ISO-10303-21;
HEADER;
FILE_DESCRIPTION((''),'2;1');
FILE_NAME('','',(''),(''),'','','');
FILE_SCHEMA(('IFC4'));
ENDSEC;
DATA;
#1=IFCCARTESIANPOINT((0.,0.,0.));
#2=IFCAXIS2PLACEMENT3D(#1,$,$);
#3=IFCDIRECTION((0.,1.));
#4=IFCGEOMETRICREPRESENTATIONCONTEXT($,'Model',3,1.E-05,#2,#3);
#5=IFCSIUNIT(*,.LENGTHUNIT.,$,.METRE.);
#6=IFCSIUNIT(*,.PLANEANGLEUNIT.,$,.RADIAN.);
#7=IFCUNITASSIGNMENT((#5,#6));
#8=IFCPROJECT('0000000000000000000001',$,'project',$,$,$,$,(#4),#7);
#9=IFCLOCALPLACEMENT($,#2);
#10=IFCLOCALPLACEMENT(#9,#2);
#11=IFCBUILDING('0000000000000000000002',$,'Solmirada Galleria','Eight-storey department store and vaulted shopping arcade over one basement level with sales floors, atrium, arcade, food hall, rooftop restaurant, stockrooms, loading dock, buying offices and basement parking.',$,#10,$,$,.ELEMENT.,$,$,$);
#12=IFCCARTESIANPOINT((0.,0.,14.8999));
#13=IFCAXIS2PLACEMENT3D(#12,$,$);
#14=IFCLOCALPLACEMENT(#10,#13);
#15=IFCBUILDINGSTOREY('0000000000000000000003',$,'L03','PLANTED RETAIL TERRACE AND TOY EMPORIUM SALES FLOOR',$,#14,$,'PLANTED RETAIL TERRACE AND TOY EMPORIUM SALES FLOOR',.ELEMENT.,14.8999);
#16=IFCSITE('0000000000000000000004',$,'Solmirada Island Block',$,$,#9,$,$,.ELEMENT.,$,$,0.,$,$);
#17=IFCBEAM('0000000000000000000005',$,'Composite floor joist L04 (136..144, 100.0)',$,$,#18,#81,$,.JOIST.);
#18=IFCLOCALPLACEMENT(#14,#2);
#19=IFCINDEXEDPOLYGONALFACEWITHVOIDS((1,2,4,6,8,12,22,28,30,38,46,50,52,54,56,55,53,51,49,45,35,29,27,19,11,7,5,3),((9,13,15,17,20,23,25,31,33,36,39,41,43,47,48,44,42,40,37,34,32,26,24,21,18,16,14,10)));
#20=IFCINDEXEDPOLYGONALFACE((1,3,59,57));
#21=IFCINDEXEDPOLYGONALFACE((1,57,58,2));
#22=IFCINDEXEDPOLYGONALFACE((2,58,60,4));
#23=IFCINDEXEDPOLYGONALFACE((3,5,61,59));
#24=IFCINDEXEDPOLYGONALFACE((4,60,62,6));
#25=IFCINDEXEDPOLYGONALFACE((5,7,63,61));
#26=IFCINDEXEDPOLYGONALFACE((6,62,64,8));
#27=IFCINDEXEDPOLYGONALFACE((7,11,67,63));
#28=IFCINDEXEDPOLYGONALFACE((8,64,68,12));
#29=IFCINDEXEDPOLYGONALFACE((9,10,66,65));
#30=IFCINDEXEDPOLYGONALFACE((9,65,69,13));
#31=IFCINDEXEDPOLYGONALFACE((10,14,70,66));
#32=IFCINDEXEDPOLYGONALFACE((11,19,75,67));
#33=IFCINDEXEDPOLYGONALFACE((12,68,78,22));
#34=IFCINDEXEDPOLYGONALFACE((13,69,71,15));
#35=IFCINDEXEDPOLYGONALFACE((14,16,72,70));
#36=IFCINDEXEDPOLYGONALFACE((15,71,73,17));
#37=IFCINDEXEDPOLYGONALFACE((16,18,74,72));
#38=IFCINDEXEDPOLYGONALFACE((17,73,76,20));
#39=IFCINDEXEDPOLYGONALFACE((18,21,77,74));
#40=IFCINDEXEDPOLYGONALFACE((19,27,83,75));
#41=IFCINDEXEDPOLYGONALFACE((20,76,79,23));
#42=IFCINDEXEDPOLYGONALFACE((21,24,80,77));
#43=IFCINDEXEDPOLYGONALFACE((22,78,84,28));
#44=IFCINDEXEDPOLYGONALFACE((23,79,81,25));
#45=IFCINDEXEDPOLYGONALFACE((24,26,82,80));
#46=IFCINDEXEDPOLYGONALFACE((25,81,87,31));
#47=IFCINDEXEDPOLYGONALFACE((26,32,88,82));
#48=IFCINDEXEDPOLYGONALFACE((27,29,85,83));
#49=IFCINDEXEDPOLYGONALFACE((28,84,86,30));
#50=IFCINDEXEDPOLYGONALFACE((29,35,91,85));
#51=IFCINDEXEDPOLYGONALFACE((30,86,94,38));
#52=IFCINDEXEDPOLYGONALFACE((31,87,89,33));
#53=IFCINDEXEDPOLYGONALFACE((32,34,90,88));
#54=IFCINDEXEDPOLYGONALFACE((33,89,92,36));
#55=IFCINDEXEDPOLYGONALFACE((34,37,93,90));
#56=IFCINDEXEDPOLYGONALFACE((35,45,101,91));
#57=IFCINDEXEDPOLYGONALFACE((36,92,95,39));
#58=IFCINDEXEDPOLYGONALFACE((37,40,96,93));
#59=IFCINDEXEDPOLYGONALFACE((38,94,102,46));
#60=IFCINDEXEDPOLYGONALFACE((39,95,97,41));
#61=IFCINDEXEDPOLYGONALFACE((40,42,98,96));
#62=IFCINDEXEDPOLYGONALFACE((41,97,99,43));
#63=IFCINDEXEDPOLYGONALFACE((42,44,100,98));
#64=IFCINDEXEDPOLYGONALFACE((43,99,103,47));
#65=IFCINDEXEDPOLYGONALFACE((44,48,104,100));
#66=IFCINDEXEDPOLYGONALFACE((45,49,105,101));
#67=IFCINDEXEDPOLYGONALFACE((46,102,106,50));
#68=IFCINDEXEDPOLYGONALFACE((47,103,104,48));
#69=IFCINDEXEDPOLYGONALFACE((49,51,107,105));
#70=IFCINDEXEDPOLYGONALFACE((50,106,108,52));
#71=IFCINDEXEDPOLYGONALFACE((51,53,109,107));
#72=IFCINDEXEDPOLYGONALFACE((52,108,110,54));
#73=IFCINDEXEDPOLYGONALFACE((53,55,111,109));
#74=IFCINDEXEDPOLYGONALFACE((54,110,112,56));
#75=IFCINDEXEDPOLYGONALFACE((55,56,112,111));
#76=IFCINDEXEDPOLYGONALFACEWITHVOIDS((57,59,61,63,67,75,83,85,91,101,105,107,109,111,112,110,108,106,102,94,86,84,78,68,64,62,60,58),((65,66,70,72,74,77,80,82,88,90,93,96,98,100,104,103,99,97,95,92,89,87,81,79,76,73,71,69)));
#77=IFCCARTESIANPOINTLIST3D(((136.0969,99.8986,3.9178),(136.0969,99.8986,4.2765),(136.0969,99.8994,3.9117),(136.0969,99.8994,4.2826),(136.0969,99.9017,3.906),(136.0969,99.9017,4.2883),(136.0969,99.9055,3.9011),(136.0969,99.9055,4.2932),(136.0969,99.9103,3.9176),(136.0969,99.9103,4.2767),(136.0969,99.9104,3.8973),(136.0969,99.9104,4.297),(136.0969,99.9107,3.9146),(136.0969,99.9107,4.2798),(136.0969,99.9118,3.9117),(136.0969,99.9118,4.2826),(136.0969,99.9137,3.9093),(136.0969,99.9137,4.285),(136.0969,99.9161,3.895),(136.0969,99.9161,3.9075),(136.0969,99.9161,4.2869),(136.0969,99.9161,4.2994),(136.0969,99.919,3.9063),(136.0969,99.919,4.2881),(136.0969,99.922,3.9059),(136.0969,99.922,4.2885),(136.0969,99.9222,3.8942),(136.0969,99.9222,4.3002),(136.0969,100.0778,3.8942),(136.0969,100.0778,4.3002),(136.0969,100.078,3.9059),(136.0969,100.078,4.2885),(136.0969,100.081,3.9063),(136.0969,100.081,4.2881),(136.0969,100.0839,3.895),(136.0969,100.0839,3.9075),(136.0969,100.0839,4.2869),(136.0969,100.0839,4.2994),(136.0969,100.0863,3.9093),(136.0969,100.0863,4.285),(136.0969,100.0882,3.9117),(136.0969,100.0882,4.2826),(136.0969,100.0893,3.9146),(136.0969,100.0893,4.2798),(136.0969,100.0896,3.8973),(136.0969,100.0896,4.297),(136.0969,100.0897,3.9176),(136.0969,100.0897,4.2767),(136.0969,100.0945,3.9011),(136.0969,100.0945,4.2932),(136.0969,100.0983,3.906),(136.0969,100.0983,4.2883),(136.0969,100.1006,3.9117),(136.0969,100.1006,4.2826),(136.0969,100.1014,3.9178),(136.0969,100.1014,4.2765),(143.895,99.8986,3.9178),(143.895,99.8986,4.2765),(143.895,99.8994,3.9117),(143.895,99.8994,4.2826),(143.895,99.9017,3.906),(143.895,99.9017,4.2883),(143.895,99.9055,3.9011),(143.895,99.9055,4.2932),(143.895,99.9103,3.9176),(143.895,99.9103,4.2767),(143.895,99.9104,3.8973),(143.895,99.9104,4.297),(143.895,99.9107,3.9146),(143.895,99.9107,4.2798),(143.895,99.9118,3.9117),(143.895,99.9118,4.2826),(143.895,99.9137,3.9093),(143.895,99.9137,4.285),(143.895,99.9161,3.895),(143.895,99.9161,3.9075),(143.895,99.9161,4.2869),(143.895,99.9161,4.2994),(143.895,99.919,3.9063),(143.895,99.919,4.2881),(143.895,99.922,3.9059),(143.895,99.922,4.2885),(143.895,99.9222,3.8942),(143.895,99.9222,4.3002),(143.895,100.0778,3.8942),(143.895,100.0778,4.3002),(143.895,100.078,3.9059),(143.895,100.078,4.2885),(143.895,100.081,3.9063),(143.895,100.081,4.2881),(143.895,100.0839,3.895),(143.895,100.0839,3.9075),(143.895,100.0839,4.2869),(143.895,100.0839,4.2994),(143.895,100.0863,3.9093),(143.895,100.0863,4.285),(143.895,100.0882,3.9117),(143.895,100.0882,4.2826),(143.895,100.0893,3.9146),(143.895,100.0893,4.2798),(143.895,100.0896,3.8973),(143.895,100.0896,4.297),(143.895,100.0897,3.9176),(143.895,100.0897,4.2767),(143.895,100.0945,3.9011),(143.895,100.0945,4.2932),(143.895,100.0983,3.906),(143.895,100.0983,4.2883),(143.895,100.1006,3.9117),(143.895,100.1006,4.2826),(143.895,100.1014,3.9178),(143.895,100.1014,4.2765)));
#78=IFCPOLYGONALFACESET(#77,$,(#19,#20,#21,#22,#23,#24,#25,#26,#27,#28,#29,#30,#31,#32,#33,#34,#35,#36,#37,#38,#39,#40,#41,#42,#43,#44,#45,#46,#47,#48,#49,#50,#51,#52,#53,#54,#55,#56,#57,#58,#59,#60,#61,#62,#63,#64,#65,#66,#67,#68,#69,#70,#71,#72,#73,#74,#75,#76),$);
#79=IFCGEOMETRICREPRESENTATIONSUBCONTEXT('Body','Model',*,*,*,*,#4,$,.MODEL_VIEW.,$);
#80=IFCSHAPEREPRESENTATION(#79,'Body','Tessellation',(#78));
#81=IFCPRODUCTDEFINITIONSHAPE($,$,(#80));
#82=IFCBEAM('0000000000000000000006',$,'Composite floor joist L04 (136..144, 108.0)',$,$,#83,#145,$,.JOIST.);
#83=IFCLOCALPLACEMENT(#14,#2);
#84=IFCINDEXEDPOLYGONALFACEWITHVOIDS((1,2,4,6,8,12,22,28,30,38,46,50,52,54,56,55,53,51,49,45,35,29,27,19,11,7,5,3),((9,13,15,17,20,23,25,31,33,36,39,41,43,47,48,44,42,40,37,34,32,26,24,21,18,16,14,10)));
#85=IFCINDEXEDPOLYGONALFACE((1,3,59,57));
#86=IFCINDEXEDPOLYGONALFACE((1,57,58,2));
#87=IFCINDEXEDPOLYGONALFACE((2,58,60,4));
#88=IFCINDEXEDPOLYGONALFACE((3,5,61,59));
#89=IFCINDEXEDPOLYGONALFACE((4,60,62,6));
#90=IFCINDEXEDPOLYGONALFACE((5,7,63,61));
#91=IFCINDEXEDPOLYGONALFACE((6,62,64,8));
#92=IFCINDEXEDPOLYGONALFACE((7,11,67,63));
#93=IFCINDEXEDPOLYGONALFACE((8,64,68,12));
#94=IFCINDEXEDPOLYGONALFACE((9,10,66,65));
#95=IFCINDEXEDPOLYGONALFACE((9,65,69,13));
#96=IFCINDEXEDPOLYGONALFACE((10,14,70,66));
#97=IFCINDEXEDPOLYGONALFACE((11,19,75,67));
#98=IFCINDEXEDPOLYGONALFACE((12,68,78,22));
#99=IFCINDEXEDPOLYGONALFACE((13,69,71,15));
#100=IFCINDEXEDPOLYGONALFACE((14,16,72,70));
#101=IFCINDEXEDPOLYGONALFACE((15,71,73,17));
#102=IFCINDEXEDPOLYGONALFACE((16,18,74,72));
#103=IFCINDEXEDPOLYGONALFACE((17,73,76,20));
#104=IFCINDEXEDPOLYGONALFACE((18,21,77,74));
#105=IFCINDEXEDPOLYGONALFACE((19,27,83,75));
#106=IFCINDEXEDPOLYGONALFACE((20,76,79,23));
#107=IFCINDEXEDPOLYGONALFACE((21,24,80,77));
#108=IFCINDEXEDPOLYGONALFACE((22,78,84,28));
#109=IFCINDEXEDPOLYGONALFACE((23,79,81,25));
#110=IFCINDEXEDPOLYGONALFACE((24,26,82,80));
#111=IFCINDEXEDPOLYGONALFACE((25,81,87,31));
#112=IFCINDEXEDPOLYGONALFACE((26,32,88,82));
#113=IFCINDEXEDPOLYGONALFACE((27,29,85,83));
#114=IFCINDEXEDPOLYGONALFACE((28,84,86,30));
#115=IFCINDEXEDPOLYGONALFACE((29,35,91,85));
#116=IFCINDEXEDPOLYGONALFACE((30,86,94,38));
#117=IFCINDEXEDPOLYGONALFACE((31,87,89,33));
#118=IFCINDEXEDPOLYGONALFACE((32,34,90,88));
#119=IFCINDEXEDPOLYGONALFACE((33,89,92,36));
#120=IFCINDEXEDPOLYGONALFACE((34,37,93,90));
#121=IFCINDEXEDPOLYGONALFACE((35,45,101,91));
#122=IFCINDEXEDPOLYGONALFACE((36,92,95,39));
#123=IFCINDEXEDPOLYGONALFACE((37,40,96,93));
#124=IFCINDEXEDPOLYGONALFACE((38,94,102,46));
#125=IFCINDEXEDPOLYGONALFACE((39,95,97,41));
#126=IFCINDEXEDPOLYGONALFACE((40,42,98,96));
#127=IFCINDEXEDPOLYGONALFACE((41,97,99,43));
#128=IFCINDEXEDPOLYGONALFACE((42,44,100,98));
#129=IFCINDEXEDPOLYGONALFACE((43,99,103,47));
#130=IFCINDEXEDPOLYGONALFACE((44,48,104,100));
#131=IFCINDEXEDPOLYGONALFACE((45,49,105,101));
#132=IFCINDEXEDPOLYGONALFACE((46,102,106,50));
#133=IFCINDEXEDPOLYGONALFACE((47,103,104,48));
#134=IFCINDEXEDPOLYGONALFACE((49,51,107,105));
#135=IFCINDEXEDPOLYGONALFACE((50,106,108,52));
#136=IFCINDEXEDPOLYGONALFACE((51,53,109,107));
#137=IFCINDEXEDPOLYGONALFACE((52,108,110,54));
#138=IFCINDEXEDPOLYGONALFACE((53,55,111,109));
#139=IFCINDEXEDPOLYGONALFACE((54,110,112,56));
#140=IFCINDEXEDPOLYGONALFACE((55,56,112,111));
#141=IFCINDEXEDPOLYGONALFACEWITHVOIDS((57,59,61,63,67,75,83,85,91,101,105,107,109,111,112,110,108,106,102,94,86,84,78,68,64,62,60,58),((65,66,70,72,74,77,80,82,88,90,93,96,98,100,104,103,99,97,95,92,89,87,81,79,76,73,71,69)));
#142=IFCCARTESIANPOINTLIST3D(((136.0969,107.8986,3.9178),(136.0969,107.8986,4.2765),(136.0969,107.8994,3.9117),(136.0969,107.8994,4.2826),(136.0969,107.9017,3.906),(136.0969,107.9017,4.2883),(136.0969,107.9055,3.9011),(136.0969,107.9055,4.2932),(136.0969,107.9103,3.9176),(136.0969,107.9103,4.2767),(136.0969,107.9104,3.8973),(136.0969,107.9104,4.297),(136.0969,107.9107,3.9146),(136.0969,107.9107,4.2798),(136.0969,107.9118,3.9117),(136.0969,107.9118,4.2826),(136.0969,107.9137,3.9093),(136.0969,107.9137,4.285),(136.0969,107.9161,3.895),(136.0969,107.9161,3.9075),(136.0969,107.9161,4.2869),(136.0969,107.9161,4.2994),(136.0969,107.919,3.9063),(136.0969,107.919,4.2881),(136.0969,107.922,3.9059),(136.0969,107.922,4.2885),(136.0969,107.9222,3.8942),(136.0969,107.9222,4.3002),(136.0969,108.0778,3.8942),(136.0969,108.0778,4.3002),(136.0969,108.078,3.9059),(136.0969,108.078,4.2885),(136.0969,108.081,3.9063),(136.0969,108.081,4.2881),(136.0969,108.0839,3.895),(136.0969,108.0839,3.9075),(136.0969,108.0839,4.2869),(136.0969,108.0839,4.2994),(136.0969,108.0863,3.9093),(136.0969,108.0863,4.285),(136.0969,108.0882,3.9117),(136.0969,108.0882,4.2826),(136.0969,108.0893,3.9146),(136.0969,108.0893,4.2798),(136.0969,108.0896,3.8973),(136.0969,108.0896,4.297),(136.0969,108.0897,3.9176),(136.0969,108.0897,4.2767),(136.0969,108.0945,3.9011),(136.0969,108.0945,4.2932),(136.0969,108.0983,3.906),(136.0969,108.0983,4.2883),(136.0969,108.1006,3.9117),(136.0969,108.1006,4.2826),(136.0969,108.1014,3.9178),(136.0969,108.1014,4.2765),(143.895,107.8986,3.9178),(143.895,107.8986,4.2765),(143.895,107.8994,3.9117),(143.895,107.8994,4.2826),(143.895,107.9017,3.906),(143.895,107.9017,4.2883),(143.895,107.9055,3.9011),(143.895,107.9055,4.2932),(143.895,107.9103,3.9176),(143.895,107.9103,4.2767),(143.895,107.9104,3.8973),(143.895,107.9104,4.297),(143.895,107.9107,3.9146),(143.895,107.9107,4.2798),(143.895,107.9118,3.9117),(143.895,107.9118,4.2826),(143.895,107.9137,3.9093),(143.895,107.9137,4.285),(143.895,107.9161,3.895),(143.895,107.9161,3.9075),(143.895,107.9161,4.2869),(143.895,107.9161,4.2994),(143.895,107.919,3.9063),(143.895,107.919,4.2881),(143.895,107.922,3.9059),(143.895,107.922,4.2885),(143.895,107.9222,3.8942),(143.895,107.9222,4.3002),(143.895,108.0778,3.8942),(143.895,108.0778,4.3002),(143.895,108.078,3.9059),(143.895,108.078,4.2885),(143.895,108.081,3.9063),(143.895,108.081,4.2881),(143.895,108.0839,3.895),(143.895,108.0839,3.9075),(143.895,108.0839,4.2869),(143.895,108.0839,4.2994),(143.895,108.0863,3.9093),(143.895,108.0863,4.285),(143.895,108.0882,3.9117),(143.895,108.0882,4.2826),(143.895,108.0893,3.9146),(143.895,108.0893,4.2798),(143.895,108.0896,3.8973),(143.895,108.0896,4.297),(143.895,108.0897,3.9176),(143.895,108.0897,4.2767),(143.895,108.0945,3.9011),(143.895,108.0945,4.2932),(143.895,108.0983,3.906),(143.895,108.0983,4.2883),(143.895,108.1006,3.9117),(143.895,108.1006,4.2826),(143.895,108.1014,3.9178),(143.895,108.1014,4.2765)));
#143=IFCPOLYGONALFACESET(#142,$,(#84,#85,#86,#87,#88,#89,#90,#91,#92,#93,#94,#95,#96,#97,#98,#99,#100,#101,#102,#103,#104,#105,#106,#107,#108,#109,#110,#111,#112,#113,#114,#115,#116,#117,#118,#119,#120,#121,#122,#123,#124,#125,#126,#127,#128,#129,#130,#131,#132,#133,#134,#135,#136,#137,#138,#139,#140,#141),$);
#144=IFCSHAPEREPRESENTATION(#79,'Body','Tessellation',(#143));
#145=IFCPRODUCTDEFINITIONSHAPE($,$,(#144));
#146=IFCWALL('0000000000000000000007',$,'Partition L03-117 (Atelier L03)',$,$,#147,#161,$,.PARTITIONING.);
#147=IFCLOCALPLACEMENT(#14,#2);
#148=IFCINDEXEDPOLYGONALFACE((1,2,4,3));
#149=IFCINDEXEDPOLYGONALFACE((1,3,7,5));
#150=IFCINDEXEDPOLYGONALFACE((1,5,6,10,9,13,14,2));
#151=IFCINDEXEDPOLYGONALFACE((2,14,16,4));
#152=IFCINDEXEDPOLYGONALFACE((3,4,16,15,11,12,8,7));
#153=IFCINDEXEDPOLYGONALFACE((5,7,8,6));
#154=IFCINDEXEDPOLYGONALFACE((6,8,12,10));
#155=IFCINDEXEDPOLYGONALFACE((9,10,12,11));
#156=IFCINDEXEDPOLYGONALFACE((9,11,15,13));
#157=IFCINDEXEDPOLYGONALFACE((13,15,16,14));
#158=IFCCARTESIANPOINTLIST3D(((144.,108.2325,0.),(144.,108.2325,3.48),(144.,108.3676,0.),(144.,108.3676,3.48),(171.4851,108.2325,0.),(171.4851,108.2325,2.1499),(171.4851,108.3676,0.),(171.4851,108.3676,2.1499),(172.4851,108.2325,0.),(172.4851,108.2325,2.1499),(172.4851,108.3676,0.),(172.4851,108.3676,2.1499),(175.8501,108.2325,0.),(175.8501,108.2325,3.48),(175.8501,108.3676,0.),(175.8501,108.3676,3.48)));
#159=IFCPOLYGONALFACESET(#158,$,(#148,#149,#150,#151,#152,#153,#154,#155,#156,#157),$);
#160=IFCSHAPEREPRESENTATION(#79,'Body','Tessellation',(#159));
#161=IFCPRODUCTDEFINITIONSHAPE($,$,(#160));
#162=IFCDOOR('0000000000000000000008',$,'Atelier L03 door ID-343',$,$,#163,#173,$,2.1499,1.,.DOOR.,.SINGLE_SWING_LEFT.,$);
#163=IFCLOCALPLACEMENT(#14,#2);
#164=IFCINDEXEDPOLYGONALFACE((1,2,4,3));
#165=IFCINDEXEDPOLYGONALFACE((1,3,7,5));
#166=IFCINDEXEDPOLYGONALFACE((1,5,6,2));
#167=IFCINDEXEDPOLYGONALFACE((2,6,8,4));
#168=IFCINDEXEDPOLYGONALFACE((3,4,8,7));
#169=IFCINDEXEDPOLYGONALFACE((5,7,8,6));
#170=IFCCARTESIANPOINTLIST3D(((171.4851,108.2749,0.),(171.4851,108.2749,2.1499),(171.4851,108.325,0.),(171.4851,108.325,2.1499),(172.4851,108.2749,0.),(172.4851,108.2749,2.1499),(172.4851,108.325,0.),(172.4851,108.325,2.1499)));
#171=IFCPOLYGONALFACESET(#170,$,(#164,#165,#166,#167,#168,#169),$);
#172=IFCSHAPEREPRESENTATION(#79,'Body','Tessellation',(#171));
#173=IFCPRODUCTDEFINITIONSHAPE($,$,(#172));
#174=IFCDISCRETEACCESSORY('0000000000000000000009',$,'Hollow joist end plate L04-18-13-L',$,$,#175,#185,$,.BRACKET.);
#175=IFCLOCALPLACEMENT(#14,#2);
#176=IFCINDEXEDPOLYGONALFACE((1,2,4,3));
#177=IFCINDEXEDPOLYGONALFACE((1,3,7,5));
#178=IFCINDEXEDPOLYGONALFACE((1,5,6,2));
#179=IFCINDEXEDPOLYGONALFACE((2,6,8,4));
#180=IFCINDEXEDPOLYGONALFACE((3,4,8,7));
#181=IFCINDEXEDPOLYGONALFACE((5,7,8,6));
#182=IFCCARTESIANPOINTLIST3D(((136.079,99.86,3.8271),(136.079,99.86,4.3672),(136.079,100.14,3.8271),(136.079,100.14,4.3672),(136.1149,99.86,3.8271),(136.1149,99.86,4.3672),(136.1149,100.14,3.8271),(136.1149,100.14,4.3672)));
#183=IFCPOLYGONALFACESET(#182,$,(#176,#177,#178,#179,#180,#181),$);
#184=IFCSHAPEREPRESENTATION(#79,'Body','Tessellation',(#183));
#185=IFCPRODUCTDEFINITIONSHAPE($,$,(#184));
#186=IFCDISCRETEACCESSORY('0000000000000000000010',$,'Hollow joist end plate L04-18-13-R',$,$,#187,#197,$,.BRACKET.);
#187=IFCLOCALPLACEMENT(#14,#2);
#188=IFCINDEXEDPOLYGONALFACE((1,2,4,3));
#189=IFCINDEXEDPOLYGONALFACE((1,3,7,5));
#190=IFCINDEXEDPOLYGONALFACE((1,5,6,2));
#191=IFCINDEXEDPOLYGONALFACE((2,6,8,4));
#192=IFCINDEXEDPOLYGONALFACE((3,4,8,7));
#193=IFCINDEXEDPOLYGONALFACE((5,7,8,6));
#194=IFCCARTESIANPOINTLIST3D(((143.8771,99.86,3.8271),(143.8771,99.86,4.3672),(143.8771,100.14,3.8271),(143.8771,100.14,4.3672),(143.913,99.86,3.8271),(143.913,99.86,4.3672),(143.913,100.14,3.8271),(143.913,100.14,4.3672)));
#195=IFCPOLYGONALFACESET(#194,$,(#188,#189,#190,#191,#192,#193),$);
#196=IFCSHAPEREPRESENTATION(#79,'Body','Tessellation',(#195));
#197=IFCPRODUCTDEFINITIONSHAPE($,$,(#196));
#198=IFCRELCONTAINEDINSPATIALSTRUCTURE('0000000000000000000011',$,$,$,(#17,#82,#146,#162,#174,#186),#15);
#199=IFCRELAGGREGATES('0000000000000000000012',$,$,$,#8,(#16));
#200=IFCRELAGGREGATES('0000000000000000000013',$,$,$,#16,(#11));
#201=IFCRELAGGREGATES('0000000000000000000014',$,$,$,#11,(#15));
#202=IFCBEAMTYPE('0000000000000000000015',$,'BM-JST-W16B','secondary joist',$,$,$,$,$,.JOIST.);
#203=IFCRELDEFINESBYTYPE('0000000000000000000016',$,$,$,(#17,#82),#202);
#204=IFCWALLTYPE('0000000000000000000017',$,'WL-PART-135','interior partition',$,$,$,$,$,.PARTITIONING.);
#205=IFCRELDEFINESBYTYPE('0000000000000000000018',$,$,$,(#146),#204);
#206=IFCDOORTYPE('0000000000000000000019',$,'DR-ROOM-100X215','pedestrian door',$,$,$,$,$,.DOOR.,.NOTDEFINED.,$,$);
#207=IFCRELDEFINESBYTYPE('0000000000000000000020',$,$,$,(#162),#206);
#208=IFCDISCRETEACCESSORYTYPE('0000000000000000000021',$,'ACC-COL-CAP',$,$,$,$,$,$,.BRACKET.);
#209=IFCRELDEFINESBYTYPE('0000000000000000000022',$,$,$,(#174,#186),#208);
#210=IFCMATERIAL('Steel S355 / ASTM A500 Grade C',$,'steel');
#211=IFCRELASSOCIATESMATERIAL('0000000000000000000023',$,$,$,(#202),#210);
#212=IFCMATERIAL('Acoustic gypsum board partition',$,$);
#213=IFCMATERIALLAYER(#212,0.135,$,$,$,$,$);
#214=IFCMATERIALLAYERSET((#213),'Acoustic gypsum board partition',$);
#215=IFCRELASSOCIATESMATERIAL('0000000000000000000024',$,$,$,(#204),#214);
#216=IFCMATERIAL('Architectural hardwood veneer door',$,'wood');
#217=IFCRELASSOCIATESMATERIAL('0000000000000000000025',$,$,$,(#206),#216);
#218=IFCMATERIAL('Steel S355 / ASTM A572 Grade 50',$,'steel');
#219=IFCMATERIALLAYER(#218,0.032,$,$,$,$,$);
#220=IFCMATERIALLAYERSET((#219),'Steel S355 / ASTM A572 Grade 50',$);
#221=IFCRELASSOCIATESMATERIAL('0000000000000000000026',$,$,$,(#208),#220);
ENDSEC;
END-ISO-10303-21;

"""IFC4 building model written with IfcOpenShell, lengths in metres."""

from ifc_helpers import new_model, si_unit, direction, frame, frame_2d, origin, origin_2d, place, context, subcontext, project, spatial, rectangle, hollow_rectangle, extrude, material, layer, layer_set, material_profile, profile_set, type_object, element, fill, save


model = new_model("IFC4")

# Units and contexts
model_context = context("Model", 3, precision=1e-05, world=origin(), true_north=direction((0.0, 1.0)))
body_context = subcontext(model_context, "Body", "Model", "MODEL_VIEW")
ifc_project = project(units=[si_unit("LENGTHUNIT", "METRE"), si_unit("PLANEANGLEUNIT", "RADIAN")], contexts=[model_context])

# Site, building, storey
site_placement = place(None, origin())
site = spatial("IfcSite", under=ifc_project, at=site_placement, Name="Solmirada Island Block", CompositionType="ELEMENT", RefElevation=0.0)
building_placement = place(site_placement, origin())
building = spatial("IfcBuilding", under=site, at=building_placement, Name="Solmirada Galleria", Description="Eight-storey department store and vaulted shopping arcade over one basement level with sales floors, atrium, arcade, food hall, rooftop restaurant, stockrooms, loading dock, buying offices and basement parking.", CompositionType="ELEMENT")
storey_placement = place(building_placement, frame((0.0, 0.0, 14.8999)))
storey = spatial("IfcBuildingStorey", under=building, at=storey_placement, Name="L03", Description="PLANTED RETAIL TERRACE AND TOY EMPORIUM SALES FLOOR", LongName="PLANTED RETAIL TERRACE AND TOY EMPORIUM SALES FLOOR", CompositionType="ELEMENT", Elevation=14.8999)

# Beams
ifc_material_1 = material(Name="Steel S355 / ASTM A500 Grade C", Category="steel")
ifc_material_profile_1 = material_profile(ifc_material_1, hollow_rectangle(XDim=0.2029, YDim=0.406, WallThickness=0.0117, InnerFilletRadius=0.0117, OuterFilletRadius=0.0237, at=origin_2d()), Name="HSS16X8X1/2")
ifc_profile_set_1 = profile_set([ifc_material_profile_1], Name="Steel S355 / ASTM A500 Grade C")
beam_type_1 = type_object("IfcBeamType", Name="BM-JST-W16B", Description="secondary joist", PredefinedType="JOIST", material=ifc_profile_set_1)
for number, where, z_axis, x_axis, name in (
    (1, (136.0969, 100.0, 4.0972), (1.0, 0.0, 0.0), (0.0, 1.0, 0.0), "Composite floor joist L04 (136..144, 100.0)"),
    (2, (136.0969, 108.0, 4.0972), (1.0, 0.0, 0.0), (0.0, 1.0, 0.0), "Composite floor joist L04 (136..144, 108.0)"),
):
    element("IfcBeam", number, at=place(storey_placement, frame(where, z_axis=z_axis, x_axis=x_axis)), inside=storey, type_object=beam_type_1, Name=name, PredefinedType="JOIST", context=body_context, shape_type="SweptSolid", body=[
        extrude(hollow_rectangle(XDim=0.2029, YDim=0.406, WallThickness=0.0117, InnerFilletRadius=0.0117, OuterFilletRadius=0.0237, at=origin_2d()), origin(), (0.0, 0.0, 1.0), 7.7981),
    ])

# Wall, opening, door
ifc_material_2 = material(Name="Acoustic gypsum board partition")
ifc_layer_1 = layer(ifc_material_2, 0.135)
ifc_layer_set_1 = layer_set([ifc_layer_1], Name="Acoustic gypsum board partition")
wall_type_1 = type_object("IfcWallType", Name="WL-PART-135", Description="interior partition", PredefinedType="PARTITIONING", material=ifc_layer_set_1)
wall_1_placement = place(storey_placement, frame((144.0, 108.3, 0.0), z_axis=(0.0, 0.0, 1.0), x_axis=(1.0, 0.0, 0.0)))
wall_1 = element("IfcWall", 3, at=wall_1_placement, inside=storey, type_object=wall_type_1, Name="Partition L03-117 (Atelier L03)", PredefinedType="PARTITIONING", context=body_context, shape_type="SweptSolid", body=[
    extrude(rectangle(XDim=31.8501, YDim=0.135, at=frame_2d((15.925, 0.0))), origin(), (0.0, 0.0, 1.0), 3.48),
])
opening_1_placement = place(wall_1_placement, frame((27.4851, 0.0, 0.0)))
opening_1 = element("IfcOpeningElement", 4, at=opening_1_placement, cuts=wall_1, PredefinedType="OPENING", context=body_context, shape_type="SweptSolid", body=[
    extrude(rectangle(XDim=1.0, YDim=2.1499, at=frame_2d((0.5, 1.075))), frame((0.0, 0.0774, 0.0), z_axis=(0.0, -1.0, 0.0), x_axis=(1.0, 0.0, 0.0)), (0.0, 0.0, 1.0), 0.155),
])
ifc_material_3 = material(Name="Architectural hardwood veneer door", Category="wood")
door_type_1 = type_object("IfcDoorType", Name="DR-ROOM-100X215", Description="pedestrian door", OperationType="NOTDEFINED", PredefinedType="DOOR", material=ifc_material_3)
door_1_placement = place(opening_1_placement, origin())
door_1 = element("IfcDoor", 5, at=door_1_placement, inside=storey, type_object=door_type_1, Name="Atelier L03 door ID-343", OperationType="SINGLE_SWING_LEFT", OverallHeight=2.1499, OverallWidth=1.0, PredefinedType="DOOR", context=body_context, shape_type="SweptSolid", body=[
    extrude(rectangle(XDim=1.0, YDim=2.1499, at=frame_2d((0.5, 1.075))), frame((0.0, 0.0249, 0.0), z_axis=(0.0, -1.0, 0.0), x_axis=(1.0, 0.0, 0.0)), (0.0, 0.0, 1.0), 0.05),
])
fill(opening_1, door_1)

# Discrete accessories
ifc_material_4 = material(Name="Steel S355 / ASTM A572 Grade 50", Category="steel")
ifc_layer_2 = layer(ifc_material_4, 0.032)
ifc_layer_set_2 = layer_set([ifc_layer_2], Name="Steel S355 / ASTM A572 Grade 50")
discrete_accessory_type = type_object("IfcDiscreteAccessoryType", Name="ACC-COL-CAP", PredefinedType="BRACKET", material=ifc_layer_set_2)
for number, where, z_axis, x_axis, name in (
    (6, (136.0969, 100.0, 3.8271), (0.0, 0.0, 1.0), (1.0, 0.0, 0.0), "Hollow joist end plate L04-18-13-L"),
    (7, (143.895, 100.0, 3.8271), (0.0, 0.0, 1.0), (1.0, 0.0, 0.0), "Hollow joist end plate L04-18-13-R"),
):
    element("IfcDiscreteAccessory", number, at=place(storey_placement, frame(where, z_axis=z_axis, x_axis=x_axis)), inside=storey, type_object=discrete_accessory_type, Name=name, PredefinedType="BRACKET", context=body_context, shape_type="SweptSolid", body=[
        extrude(rectangle(XDim=0.0359, YDim=0.28, at=origin_2d()), origin(), (0.0, 0.0, 1.0), 0.54),
    ])

save(model, "model.ifc")
